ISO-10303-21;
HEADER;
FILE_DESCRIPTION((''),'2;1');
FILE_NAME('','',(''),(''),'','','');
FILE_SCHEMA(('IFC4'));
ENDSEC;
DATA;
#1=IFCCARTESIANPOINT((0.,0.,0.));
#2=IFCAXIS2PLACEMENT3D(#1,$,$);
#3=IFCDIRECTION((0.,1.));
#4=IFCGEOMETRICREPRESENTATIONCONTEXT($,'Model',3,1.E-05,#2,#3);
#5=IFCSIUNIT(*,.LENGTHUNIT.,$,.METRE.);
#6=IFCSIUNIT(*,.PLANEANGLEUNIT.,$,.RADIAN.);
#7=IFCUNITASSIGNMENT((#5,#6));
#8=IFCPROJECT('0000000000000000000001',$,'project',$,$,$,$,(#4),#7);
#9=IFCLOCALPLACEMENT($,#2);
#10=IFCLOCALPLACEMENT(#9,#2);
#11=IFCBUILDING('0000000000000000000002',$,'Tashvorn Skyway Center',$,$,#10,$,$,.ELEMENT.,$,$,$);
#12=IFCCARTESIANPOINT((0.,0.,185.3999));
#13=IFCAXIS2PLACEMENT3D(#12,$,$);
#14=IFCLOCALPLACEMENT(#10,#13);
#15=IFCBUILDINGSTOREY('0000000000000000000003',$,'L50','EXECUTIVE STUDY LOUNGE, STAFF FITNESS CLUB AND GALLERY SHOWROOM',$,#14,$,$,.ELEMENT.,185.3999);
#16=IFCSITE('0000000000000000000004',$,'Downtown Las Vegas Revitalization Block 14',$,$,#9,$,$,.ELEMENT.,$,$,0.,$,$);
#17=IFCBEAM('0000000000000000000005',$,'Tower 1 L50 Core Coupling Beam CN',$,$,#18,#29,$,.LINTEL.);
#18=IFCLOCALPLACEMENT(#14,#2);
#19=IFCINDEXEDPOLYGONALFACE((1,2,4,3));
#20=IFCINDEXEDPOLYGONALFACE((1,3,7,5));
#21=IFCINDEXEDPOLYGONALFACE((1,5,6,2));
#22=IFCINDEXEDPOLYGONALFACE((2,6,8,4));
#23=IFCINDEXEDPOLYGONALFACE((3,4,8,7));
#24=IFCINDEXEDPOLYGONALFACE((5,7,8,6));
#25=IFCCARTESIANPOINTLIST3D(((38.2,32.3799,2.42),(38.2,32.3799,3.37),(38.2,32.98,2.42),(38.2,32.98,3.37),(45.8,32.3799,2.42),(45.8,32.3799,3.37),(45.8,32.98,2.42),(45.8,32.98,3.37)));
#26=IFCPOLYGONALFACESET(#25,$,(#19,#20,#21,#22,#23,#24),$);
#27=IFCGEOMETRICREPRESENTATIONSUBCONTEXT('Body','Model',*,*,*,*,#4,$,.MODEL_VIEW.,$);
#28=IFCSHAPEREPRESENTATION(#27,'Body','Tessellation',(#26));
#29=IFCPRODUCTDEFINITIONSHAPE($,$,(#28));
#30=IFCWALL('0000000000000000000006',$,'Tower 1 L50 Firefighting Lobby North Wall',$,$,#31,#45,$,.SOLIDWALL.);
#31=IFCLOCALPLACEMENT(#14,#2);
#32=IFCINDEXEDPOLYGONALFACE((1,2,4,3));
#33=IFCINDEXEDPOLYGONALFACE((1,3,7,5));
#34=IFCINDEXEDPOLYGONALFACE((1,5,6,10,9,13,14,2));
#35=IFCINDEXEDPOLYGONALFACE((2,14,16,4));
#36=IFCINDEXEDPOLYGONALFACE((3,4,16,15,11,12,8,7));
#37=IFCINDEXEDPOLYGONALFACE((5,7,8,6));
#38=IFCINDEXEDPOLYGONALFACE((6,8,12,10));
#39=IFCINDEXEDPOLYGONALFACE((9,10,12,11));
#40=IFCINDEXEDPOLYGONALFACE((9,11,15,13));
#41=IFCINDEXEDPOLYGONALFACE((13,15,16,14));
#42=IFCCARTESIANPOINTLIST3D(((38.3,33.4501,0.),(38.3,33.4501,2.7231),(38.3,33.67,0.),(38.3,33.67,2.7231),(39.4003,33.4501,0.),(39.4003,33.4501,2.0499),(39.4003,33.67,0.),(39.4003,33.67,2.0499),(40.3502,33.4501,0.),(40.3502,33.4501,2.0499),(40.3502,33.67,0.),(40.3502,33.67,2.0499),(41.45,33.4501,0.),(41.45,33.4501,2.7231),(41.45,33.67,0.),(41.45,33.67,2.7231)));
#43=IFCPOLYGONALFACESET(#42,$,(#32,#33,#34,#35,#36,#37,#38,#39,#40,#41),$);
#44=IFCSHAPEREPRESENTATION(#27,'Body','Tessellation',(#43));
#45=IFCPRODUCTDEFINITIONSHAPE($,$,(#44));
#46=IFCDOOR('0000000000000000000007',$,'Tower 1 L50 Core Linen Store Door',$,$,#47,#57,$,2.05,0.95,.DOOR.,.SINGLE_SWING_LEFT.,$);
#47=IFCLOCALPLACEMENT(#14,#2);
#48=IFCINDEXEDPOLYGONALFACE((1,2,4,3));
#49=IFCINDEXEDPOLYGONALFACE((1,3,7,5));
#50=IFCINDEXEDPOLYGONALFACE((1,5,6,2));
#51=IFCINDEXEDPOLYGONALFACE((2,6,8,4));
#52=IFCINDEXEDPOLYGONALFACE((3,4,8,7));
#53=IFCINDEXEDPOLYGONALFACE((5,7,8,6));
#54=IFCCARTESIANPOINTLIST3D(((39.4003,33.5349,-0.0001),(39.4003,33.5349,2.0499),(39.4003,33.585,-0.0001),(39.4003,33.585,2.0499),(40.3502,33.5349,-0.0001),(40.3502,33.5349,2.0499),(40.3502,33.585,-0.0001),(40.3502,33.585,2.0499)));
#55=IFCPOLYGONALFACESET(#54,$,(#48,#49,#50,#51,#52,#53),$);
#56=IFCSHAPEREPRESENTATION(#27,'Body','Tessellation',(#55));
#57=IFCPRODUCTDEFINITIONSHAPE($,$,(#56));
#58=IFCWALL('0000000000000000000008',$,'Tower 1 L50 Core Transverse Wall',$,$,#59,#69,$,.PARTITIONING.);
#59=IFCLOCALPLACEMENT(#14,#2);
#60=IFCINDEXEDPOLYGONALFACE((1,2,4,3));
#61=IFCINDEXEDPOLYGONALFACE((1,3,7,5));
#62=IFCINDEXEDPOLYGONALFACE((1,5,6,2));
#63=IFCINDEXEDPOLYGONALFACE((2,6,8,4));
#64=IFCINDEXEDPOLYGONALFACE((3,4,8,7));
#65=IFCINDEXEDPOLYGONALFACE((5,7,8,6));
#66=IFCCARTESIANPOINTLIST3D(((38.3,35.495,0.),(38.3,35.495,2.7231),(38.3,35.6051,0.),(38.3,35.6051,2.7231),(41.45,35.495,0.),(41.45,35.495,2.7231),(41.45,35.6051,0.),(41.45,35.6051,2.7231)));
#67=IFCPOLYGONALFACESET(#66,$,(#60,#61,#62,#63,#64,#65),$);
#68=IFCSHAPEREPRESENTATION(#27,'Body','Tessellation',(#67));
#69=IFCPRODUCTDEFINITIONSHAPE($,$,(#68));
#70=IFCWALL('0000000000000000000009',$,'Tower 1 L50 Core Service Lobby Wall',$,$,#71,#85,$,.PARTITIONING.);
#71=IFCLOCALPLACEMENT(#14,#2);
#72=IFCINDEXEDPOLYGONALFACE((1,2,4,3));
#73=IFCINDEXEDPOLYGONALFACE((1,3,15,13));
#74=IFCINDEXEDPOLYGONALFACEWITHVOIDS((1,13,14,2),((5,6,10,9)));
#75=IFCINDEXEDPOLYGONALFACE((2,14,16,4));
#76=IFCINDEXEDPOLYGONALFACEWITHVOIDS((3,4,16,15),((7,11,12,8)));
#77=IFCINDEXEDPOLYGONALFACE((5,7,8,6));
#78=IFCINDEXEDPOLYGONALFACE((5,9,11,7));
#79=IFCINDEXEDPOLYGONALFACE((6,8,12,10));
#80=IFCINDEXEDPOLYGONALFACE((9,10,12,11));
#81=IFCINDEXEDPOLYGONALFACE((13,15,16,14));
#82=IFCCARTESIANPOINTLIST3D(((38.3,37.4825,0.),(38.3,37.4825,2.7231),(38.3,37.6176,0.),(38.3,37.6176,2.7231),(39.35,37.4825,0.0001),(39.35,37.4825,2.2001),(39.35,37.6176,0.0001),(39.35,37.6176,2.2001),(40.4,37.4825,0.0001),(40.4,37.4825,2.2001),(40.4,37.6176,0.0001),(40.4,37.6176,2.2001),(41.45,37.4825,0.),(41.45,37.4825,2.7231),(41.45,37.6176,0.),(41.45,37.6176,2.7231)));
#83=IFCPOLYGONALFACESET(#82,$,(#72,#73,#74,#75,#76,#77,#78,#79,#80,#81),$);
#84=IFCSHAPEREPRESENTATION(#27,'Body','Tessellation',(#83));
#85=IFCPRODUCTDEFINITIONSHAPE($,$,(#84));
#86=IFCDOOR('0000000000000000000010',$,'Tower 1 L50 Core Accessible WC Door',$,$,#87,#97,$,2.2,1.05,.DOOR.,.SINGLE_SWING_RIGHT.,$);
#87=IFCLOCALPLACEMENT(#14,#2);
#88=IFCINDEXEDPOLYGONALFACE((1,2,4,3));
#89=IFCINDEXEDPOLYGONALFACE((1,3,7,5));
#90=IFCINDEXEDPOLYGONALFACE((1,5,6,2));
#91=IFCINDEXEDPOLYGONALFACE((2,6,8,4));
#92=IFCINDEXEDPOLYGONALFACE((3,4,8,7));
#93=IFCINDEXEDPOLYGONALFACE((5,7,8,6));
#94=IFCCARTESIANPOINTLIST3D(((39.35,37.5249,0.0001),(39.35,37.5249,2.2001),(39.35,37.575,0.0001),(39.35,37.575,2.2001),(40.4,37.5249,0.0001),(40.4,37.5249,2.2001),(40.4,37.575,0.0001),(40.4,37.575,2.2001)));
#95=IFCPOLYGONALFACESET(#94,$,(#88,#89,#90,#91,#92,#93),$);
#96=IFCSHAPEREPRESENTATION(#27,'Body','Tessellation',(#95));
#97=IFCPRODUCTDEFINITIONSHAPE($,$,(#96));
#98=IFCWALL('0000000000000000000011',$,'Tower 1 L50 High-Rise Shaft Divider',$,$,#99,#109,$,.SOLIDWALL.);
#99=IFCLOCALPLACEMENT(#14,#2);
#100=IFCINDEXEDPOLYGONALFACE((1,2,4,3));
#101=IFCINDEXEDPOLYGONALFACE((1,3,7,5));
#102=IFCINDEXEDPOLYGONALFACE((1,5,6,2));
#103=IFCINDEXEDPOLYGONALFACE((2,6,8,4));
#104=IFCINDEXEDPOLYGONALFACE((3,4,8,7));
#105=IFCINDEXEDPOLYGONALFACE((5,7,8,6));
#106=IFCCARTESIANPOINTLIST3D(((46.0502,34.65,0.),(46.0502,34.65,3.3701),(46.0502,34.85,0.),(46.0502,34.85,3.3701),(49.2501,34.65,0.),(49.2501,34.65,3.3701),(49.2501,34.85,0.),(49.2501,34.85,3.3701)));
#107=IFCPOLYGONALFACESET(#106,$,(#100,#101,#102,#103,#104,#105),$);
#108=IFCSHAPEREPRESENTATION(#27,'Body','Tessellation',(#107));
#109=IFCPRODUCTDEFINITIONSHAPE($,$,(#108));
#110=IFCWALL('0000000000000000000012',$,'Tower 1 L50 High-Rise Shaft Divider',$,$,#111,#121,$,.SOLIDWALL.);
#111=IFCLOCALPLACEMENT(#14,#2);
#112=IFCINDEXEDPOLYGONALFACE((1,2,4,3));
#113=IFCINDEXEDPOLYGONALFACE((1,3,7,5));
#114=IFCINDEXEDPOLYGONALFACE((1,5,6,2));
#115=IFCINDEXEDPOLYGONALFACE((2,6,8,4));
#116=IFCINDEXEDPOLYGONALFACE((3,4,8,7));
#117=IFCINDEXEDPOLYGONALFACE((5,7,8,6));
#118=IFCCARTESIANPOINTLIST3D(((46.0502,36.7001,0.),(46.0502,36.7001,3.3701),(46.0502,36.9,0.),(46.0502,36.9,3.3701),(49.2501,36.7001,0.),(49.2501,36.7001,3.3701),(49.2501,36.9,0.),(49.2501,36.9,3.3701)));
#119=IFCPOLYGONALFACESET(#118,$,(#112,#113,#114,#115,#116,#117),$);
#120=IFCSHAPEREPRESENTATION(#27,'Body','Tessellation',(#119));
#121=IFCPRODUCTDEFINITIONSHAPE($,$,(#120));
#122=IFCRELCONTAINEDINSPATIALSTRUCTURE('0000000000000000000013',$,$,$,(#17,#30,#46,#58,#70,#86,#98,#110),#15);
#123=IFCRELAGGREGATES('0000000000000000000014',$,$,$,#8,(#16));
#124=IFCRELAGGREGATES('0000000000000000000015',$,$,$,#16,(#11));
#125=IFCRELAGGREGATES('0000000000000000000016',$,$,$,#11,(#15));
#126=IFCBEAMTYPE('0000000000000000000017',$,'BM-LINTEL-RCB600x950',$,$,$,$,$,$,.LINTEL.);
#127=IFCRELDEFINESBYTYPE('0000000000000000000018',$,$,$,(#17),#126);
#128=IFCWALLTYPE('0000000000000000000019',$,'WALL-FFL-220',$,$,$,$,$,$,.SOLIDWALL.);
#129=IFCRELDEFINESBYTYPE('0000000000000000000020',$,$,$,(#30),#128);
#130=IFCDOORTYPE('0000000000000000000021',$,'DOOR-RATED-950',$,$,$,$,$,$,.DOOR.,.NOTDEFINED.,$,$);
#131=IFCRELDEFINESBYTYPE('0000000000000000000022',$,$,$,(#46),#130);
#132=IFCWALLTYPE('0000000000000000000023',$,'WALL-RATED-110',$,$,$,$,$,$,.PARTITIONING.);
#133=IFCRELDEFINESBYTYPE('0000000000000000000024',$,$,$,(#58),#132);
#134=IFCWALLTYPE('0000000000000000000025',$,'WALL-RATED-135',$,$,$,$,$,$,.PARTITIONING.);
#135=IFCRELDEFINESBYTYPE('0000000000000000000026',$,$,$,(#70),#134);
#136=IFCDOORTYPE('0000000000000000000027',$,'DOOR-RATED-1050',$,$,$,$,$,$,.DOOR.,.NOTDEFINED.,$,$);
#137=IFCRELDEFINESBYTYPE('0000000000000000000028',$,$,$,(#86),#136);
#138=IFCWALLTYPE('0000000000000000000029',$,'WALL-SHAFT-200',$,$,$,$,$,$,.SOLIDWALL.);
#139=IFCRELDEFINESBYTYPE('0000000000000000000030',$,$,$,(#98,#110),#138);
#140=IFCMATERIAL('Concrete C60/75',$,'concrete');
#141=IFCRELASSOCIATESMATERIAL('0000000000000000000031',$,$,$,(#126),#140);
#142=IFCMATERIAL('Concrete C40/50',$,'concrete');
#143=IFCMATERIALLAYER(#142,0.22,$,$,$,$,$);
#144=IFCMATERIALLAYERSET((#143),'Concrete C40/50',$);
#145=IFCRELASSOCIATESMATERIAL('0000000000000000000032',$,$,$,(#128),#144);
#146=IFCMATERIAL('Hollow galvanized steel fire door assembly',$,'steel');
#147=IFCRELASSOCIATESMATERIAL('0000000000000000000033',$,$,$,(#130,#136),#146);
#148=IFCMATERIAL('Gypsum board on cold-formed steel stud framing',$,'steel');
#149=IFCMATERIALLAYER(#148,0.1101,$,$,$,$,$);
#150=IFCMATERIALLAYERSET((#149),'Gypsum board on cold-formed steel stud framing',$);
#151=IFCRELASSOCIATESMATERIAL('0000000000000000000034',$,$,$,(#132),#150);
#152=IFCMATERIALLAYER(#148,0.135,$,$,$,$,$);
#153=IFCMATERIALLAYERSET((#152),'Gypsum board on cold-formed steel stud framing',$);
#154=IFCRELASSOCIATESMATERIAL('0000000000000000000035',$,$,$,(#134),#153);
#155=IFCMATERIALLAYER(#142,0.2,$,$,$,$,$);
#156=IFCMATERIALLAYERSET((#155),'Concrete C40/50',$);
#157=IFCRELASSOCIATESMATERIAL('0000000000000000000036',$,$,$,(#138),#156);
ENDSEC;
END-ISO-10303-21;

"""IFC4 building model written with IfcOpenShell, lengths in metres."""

from ifc_helpers import new_model, si_unit, direction, frame, frame_2d, origin, origin_2d, place, context, subcontext, project, spatial, rectangle, extrude, material, layer, layer_set, material_profile, profile_set, type_object, element, fill, save


model = new_model("IFC4")

# Units and contexts
model_context = context("Model", 3, precision=1e-05, world=origin(), true_north=direction((0.0, 1.0)))
body_context = subcontext(model_context, "Body", "Model", "MODEL_VIEW")
ifc_project = project(units=[si_unit("LENGTHUNIT", "METRE"), si_unit("PLANEANGLEUNIT", "RADIAN")], contexts=[model_context])

# Site, building, storey
site_placement = place(None, origin())
site = spatial("IfcSite", under=ifc_project, at=site_placement, Name="Downtown Las Vegas Revitalization Block 14", CompositionType="ELEMENT", RefElevation=0.0)
building_placement = place(site_placement, origin())
building = spatial("IfcBuilding", under=site, at=building_placement, Name="Tashvorn Skyway Center", CompositionType="ELEMENT")
storey_placement = place(building_placement, frame((0.0, 0.0, 185.3999)))
storey = spatial("IfcBuildingStorey", under=building, at=storey_placement, Name="L50", Description="EXECUTIVE STUDY LOUNGE, STAFF FITNESS CLUB AND GALLERY SHOWROOM", CompositionType="ELEMENT", Elevation=185.3999)

# Beam
ifc_material_1 = material(Name="Concrete C60/75", Category="concrete")
ifc_material_profile = material_profile(ifc_material_1, rectangle(XDim=0.6001, YDim=0.95, at=origin_2d()), Name="RCB600x950")
ifc_profile_set = profile_set([ifc_material_profile], Name="Concrete C60/75")
beam_type = type_object("IfcBeamType", Name="BM-LINTEL-RCB600x950", PredefinedType="LINTEL", material=ifc_profile_set)
beam_placement = place(storey_placement, frame((38.2, 32.6799, 2.895), z_axis=(1.0, 0.0, 0.0), x_axis=(0.0, 1.0, 0.0)))
element("IfcBeam", 1, at=beam_placement, inside=storey, type_object=beam_type, Name="Tower 1 L50 Core Coupling Beam CN", PredefinedType="LINTEL", context=body_context, shape_type="SweptSolid", body=[
    extrude(rectangle(XDim=0.6001, YDim=0.95, at=origin_2d()), origin(), (0.0, 0.0, 1.0), 7.6001),
])

# Wall, opening, door
ifc_material_2 = material(Name="Concrete C40/50", Category="concrete")
ifc_layer_1 = layer(ifc_material_2, 0.22)
ifc_layer_set_1 = layer_set([ifc_layer_1], Name="Concrete C40/50")
wall_type_1 = type_object("IfcWallType", Name="WALL-FFL-220", PredefinedType="SOLIDWALL", material=ifc_layer_set_1)
wall_1_placement = place(storey_placement, frame((38.3, 33.5601, 0.0), z_axis=(0.0, 0.0, 1.0), x_axis=(1.0, 0.0, 0.0)))
wall_1 = element("IfcWall", 2, at=wall_1_placement, inside=storey, type_object=wall_type_1, Name="Tower 1 L50 Firefighting Lobby North Wall", PredefinedType="SOLIDWALL", context=body_context, shape_type="SweptSolid", body=[
    extrude(rectangle(XDim=3.1499, YDim=0.22, at=frame_2d((1.575, 0.0))), origin(), (0.0, 0.0, 1.0), 2.7231),
])
opening_1_placement = place(wall_1_placement, frame((1.1001, 0.0, 0.0)))
opening_1 = element("IfcOpeningElement", 3, at=opening_1_placement, cuts=wall_1, PredefinedType="OPENING", context=body_context, shape_type="SweptSolid", body=[
    extrude(rectangle(XDim=0.95, YDim=2.05, at=frame_2d((0.4751, 1.0249))), frame((0.0, 0.1199, 0.0), z_axis=(0.0, -1.0, 0.0), x_axis=(1.0, 0.0, 0.0)), (0.0, 0.0, 1.0), 0.24),
])
ifc_material_3 = material(Name="Hollow galvanized steel fire door assembly", Category="steel")
door_type_1 = type_object("IfcDoorType", Name="DOOR-RATED-950", OperationType="NOTDEFINED", PredefinedType="DOOR", material=ifc_material_3)
door_1_placement = place(opening_1_placement, origin())
door_1 = element("IfcDoor", 4, at=door_1_placement, inside=storey, type_object=door_type_1, Name="Tower 1 L50 Core Linen Store Door", OperationType="SINGLE_SWING_LEFT", OverallHeight=2.05, OverallWidth=0.95, PredefinedType="DOOR", context=body_context, shape_type="SweptSolid", body=[
    extrude(rectangle(XDim=0.95, YDim=2.05, at=frame_2d((0.4751, 1.0249))), frame((0.0, 0.0249, 0.0), z_axis=(0.0, -1.0, 0.0), x_axis=(1.0, 0.0, 0.0)), (0.0, 0.0, 1.0), 0.05),
])
fill(opening_1, door_1)

# Wall
ifc_material_4 = material(Name="Gypsum board on cold-formed steel stud framing", Category="steel")
ifc_layer_2 = layer(ifc_material_4, 0.1101)
ifc_layer_set_2 = layer_set([ifc_layer_2], Name="Gypsum board on cold-formed steel stud framing")
wall_type_2 = type_object("IfcWallType", Name="WALL-RATED-110", PredefinedType="PARTITIONING", material=ifc_layer_set_2)
wall_2_placement = place(storey_placement, frame((38.3, 35.55, 0.0), z_axis=(0.0, 0.0, 1.0), x_axis=(1.0, 0.0, 0.0)))
element("IfcWall", 5, at=wall_2_placement, inside=storey, type_object=wall_type_2, Name="Tower 1 L50 Core Transverse Wall", PredefinedType="PARTITIONING", context=body_context, shape_type="SweptSolid", body=[
    extrude(rectangle(XDim=3.1499, YDim=0.1101, at=frame_2d((1.575, 0.0))), origin(), (0.0, 0.0, 1.0), 2.7231),
])

# Wall, opening, door
ifc_layer_3 = layer(ifc_material_4, 0.135)
ifc_layer_set_3 = layer_set([ifc_layer_3], Name="Gypsum board on cold-formed steel stud framing")
wall_type_3 = type_object("IfcWallType", Name="WALL-RATED-135", PredefinedType="PARTITIONING", material=ifc_layer_set_3)
wall_3_placement = place(storey_placement, frame((38.3, 37.55, 0.0), z_axis=(0.0, 0.0, 1.0), x_axis=(1.0, 0.0, 0.0)))
wall_3 = element("IfcWall", 6, at=wall_3_placement, inside=storey, type_object=wall_type_3, Name="Tower 1 L50 Core Service Lobby Wall", PredefinedType="PARTITIONING", context=body_context, shape_type="SweptSolid", body=[
    extrude(rectangle(XDim=3.1499, YDim=0.135, at=frame_2d((1.575, 0.0))), origin(), (0.0, 0.0, 1.0), 2.7231),
])
opening_2_placement = place(wall_3_placement, frame((1.05, 0.0, 0.0)))
opening_2 = element("IfcOpeningElement", 7, at=opening_2_placement, cuts=wall_3, PredefinedType="OPENING", context=body_context, shape_type="SweptSolid", body=[
    extrude(rectangle(XDim=1.05, YDim=2.2, at=frame_2d((0.5249, 1.1001))), frame((0.0, 0.0774, 0.0), z_axis=(0.0, -1.0, 0.0), x_axis=(1.0, 0.0, 0.0)), (0.0, 0.0, 1.0), 0.155),
])
door_type_2 = type_object("IfcDoorType", Name="DOOR-RATED-1050", OperationType="NOTDEFINED", PredefinedType="DOOR", material=ifc_material_3)
door_2_placement = place(opening_2_placement, origin())
door_2 = element("IfcDoor", 8, at=door_2_placement, inside=storey, type_object=door_type_2, Name="Tower 1 L50 Core Accessible WC Door", OperationType="SINGLE_SWING_RIGHT", OverallHeight=2.2, OverallWidth=1.05, PredefinedType="DOOR", context=body_context, shape_type="SweptSolid", body=[
    extrude(rectangle(XDim=1.05, YDim=2.2, at=frame_2d((0.5249, 1.1001))), frame((0.0, 0.0249, 0.0), z_axis=(0.0, -1.0, 0.0), x_axis=(1.0, 0.0, 0.0)), (0.0, 0.0, 1.0), 0.05),
])
fill(opening_2, door_2)

# Walls
ifc_layer_4 = layer(ifc_material_2, 0.2)
ifc_layer_set_4 = layer_set([ifc_layer_4], Name="Concrete C40/50")
wall_type_4 = type_object("IfcWallType", Name="WALL-SHAFT-200", PredefinedType="SOLIDWALL", material=ifc_layer_set_4)
for number, where, z_axis, x_axis, name in (
    (9, (46.05, 34.75, 0.0), (0.0, 0.0, 1.0), (1.0, 0.0, 0.0), "Tower 1 L50 High-Rise Shaft Divider"),
    (10, (46.05, 36.8, 0.0), (0.0, 0.0, 1.0), (1.0, 0.0, 0.0), "Tower 1 L50 High-Rise Shaft Divider"),
):
    element("IfcWall", number, at=place(storey_placement, frame(where, z_axis=z_axis, x_axis=x_axis)), inside=storey, type_object=wall_type_4, Name=name, PredefinedType="SOLIDWALL", context=body_context, shape_type="SweptSolid", body=[
        extrude(rectangle(XDim=3.2, YDim=0.2, at=frame_2d((1.6001, 0.0))), origin(), (0.0, 0.0, 1.0), 3.3701),
    ])

save(model, "model.ifc")
